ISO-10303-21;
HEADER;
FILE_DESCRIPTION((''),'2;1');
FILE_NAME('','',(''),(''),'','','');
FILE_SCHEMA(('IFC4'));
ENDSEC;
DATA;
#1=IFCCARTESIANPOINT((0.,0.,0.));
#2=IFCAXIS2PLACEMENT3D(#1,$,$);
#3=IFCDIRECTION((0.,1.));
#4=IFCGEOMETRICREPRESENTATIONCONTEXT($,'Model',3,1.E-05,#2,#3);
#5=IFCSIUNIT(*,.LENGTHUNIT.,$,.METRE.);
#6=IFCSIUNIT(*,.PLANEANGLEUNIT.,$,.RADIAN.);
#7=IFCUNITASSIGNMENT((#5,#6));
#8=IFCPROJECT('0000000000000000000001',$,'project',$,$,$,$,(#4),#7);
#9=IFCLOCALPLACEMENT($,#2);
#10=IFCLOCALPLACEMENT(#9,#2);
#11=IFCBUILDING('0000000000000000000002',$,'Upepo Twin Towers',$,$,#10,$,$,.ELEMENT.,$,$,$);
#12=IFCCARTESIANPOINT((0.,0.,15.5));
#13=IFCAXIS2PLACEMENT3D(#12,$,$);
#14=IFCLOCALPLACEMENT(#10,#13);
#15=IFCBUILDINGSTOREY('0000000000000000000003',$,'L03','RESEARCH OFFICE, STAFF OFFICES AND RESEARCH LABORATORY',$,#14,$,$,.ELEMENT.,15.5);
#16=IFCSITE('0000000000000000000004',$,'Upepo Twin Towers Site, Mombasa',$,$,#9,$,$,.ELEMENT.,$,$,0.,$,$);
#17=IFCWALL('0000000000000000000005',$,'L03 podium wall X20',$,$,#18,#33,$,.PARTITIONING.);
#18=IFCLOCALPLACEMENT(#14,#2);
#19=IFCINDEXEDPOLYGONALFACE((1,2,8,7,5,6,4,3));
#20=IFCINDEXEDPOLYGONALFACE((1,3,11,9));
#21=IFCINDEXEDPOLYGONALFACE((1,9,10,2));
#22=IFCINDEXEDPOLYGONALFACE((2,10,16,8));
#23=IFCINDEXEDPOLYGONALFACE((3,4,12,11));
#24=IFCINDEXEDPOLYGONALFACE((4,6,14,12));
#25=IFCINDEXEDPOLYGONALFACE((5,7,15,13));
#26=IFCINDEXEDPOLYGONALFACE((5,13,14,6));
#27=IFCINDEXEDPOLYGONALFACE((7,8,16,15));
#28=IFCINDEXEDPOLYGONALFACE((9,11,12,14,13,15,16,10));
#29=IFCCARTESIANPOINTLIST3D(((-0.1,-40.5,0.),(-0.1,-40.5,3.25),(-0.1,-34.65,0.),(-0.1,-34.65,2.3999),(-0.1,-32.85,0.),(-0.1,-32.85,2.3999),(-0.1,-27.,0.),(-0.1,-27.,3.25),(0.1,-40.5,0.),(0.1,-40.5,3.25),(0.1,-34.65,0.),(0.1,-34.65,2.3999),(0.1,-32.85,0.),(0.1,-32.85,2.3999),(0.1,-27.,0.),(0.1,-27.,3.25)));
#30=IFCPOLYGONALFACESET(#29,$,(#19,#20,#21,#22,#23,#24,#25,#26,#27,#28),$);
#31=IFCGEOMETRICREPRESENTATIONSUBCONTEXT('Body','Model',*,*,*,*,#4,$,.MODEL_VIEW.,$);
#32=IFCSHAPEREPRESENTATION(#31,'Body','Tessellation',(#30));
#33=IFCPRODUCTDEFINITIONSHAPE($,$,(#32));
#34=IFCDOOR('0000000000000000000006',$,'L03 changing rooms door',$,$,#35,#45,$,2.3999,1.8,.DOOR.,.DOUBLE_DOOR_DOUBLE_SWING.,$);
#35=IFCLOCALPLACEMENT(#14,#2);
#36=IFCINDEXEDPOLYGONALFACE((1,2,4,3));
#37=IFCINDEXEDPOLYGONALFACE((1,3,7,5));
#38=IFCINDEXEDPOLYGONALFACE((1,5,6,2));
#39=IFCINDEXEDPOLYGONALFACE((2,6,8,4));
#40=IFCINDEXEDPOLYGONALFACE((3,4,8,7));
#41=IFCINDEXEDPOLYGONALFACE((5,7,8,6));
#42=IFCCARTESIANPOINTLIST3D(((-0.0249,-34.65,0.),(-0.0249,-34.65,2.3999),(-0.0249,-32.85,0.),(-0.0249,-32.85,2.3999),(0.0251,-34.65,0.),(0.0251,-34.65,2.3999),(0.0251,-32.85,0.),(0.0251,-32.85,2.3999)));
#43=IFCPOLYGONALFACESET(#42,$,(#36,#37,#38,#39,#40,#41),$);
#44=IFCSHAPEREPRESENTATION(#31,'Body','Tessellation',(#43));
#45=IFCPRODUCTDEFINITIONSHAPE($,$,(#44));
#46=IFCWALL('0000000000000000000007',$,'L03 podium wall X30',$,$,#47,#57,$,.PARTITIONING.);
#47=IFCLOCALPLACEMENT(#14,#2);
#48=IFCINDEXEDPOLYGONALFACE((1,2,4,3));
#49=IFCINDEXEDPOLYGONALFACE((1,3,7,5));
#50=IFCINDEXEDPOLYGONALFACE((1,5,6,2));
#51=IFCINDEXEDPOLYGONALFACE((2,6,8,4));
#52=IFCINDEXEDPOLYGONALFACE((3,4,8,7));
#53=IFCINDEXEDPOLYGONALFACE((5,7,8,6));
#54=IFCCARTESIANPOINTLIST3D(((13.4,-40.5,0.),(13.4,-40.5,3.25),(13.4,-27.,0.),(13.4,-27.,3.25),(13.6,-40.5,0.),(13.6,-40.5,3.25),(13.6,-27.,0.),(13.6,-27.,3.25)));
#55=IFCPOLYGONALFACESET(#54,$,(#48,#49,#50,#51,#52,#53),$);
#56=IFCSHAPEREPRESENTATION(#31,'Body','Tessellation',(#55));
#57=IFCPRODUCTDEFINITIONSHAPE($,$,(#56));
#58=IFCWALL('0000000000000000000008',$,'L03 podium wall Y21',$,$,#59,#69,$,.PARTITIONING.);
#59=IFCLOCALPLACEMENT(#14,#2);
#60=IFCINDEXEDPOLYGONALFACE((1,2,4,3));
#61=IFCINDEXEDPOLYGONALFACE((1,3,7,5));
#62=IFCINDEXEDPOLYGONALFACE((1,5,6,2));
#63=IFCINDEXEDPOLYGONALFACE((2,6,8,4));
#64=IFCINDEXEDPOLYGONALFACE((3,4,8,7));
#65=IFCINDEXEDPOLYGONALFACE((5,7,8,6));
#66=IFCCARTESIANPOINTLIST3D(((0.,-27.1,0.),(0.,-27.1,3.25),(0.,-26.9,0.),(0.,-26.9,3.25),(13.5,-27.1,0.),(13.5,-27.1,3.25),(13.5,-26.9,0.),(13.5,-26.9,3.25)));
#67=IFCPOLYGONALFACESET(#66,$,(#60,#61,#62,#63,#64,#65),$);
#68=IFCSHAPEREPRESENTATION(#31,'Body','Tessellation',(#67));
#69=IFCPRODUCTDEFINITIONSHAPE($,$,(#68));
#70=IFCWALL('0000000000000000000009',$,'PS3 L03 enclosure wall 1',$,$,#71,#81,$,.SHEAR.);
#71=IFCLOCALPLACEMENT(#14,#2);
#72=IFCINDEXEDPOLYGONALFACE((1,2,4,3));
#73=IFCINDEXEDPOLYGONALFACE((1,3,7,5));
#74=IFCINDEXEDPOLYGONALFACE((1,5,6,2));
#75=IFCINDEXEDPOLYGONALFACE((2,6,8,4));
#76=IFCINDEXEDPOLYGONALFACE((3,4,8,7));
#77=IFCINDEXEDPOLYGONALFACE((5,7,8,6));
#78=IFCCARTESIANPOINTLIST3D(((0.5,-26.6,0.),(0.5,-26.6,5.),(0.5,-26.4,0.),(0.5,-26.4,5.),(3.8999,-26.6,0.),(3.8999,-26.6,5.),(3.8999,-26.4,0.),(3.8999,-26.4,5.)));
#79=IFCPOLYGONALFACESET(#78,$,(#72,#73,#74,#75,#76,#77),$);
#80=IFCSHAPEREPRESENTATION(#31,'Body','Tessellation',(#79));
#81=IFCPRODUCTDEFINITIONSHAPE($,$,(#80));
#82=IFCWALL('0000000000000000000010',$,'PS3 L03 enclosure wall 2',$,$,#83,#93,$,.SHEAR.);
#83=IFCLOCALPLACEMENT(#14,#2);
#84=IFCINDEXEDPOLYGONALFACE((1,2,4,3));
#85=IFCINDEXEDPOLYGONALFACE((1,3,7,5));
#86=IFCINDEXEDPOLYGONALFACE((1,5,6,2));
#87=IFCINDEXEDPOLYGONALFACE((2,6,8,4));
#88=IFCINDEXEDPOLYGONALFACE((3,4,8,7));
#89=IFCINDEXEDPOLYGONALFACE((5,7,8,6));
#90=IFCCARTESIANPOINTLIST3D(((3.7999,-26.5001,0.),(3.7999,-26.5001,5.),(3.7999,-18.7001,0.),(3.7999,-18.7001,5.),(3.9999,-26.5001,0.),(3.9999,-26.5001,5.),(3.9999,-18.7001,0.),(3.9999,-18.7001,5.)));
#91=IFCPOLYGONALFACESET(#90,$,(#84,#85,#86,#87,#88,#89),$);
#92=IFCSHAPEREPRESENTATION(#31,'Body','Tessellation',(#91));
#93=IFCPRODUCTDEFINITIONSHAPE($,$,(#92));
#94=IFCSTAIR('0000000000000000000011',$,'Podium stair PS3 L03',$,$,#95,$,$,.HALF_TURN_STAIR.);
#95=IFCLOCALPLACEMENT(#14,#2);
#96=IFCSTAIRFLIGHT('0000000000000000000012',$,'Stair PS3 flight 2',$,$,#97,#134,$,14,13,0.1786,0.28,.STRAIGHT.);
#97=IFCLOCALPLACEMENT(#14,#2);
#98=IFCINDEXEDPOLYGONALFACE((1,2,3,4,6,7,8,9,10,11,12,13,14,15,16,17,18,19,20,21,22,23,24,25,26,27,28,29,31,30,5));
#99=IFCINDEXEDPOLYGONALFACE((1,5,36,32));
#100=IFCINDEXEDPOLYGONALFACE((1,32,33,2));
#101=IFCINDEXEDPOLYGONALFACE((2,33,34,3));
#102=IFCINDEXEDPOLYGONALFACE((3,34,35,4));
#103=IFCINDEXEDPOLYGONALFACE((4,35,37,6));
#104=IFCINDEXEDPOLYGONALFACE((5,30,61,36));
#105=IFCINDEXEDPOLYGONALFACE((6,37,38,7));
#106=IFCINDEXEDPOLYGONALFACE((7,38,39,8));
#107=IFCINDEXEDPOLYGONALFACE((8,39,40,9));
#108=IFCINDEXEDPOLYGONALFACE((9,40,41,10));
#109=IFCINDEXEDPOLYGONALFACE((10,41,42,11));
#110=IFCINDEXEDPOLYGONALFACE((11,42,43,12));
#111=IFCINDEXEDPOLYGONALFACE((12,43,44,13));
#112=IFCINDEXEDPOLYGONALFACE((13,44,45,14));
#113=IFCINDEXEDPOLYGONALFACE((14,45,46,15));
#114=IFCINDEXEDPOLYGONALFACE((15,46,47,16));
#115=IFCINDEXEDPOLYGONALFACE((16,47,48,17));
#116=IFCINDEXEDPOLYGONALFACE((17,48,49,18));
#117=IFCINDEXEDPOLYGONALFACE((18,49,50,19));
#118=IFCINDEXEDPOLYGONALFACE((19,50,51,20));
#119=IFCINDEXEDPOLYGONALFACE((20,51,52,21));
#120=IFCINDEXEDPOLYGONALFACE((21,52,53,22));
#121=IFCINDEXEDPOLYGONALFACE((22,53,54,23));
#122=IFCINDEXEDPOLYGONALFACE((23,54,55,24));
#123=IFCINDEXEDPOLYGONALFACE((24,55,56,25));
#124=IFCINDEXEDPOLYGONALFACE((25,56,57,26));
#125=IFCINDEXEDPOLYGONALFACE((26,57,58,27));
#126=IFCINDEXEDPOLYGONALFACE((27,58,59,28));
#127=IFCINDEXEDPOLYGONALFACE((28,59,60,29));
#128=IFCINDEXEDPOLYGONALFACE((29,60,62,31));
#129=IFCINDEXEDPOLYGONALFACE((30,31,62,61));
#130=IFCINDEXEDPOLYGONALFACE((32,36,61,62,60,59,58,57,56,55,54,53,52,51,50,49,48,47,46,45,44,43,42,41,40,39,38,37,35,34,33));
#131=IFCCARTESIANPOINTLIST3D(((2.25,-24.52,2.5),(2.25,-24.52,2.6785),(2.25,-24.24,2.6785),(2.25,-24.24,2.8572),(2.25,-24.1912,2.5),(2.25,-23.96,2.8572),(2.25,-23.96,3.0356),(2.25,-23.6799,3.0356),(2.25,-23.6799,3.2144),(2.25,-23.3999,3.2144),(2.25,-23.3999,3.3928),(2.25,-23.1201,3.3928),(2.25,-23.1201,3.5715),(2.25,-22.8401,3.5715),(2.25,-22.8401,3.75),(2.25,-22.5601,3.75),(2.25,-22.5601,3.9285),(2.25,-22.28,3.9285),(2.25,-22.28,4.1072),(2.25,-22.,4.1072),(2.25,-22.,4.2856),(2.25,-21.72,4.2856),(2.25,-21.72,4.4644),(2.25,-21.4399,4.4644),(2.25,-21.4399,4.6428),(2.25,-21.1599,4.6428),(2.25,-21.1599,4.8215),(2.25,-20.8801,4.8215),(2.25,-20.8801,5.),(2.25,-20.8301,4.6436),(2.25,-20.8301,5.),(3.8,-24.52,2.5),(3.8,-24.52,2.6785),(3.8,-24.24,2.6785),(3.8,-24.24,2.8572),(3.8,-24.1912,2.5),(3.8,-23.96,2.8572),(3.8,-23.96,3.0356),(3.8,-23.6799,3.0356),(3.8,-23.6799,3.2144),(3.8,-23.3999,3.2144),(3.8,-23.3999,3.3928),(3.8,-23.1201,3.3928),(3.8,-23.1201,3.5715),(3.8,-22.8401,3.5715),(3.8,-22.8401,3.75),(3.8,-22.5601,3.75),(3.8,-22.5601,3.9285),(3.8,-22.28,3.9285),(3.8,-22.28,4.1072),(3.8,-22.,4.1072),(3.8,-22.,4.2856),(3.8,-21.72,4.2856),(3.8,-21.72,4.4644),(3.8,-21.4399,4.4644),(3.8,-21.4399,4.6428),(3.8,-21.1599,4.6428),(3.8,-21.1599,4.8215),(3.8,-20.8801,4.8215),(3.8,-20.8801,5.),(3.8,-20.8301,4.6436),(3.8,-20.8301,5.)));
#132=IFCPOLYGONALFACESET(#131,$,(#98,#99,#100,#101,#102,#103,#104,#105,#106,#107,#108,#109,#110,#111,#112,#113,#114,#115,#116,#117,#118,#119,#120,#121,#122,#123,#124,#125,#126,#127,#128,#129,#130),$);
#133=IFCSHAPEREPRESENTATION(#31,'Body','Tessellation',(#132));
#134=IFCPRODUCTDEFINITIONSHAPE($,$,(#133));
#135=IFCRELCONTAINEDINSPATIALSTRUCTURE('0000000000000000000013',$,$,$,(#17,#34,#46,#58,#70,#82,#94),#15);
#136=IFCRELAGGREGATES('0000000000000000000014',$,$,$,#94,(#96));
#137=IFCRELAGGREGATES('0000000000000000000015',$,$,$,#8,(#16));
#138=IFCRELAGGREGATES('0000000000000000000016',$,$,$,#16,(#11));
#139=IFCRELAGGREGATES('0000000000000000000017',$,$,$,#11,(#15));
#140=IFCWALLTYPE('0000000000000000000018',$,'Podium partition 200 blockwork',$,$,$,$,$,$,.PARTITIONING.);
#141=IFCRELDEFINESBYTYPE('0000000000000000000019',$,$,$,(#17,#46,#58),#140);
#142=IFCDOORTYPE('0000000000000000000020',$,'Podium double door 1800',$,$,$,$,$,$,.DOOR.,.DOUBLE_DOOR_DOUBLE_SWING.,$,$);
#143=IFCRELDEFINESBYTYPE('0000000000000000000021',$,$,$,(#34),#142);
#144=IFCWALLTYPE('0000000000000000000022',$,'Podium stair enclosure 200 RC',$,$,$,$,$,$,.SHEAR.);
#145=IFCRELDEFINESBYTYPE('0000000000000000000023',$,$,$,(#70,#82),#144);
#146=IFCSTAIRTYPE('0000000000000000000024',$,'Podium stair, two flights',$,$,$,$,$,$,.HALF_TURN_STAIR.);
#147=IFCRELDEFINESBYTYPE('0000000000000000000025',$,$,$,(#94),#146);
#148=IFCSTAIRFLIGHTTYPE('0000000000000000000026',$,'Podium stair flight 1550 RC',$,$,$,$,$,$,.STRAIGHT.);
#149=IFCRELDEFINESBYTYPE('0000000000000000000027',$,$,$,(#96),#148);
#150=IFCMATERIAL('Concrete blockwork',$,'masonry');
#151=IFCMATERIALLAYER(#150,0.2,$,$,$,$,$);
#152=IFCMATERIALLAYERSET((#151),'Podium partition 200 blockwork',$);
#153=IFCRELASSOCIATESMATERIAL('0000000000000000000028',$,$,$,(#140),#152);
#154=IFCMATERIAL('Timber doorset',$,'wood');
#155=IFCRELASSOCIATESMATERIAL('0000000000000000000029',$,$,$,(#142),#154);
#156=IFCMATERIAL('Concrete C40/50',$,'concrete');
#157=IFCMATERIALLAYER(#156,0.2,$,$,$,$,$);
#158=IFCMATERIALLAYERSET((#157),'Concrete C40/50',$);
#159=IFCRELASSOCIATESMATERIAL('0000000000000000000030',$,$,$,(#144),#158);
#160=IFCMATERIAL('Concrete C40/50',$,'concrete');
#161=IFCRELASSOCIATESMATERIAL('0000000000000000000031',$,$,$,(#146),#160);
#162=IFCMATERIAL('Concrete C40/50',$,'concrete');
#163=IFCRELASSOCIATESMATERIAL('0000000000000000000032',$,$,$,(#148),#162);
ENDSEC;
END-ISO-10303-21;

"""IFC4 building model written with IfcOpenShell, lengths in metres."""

from ifc_helpers import new_model, si_unit, direction, frame, frame_2d, origin, place, context, subcontext, project, spatial, polyline, rectangle, outline, extrude, material, layer, layer_set, type_object, element, fill, aggregate, save


model = new_model("IFC4")

# Units and contexts
model_context = context("Model", 3, precision=1e-05, world=origin(), true_north=direction((0.0, 1.0)))
body_context = subcontext(model_context, "Body", "Model", "MODEL_VIEW")
ifc_project = project(units=[si_unit("LENGTHUNIT", "METRE"), si_unit("PLANEANGLEUNIT", "RADIAN")], contexts=[model_context])

# Site, building, storey
site_placement = place(None, origin())
site = spatial("IfcSite", under=ifc_project, at=site_placement, Name="Upepo Twin Towers Site, Mombasa", CompositionType="ELEMENT", RefElevation=0.0)
building_placement = place(site_placement, origin())
building = spatial("IfcBuilding", under=site, at=building_placement, Name="Upepo Twin Towers", CompositionType="ELEMENT")
storey_placement = place(building_placement, frame((0.0, 0.0, 15.5)))
storey = spatial("IfcBuildingStorey", under=building, at=storey_placement, Name="L03", Description="RESEARCH OFFICE, STAFF OFFICES AND RESEARCH LABORATORY", CompositionType="ELEMENT", Elevation=15.5)

# Wall, opening, door
ifc_material_1 = material(Name="Concrete blockwork", Category="masonry")
ifc_layer_1 = layer(ifc_material_1, 0.2)
ifc_layer_set_1 = layer_set([ifc_layer_1], Name="Podium partition 200 blockwork")
wall_type_1 = type_object("IfcWallType", Name="Podium partition 200 blockwork", PredefinedType="PARTITIONING", material=ifc_layer_set_1)
wall_1_placement = place(storey_placement, frame((0.0, -40.5, 0.0), z_axis=(0.0, 0.0, 1.0), x_axis=(0.0, 1.0, 0.0)))
wall_1 = element("IfcWall", 1, at=wall_1_placement, inside=storey, type_object=wall_type_1, Name="L03 podium wall X20", PredefinedType="PARTITIONING", context=body_context, shape_type="SweptSolid", body=[
    extrude(rectangle(XDim=13.5, YDim=0.2, at=frame_2d((6.75, 0.0))), origin(), (0.0, 0.0, 1.0), 3.25),
])
opening_placement = place(wall_1_placement, frame((5.8501, 0.0, 0.0)))
opening = element("IfcOpeningElement", 2, at=opening_placement, cuts=wall_1, PredefinedType="OPENING", context=body_context, shape_type="SweptSolid", body=[
    extrude(rectangle(XDim=1.8, YDim=2.3999, at=frame_2d((0.8999, 1.2))), frame((0.0, 0.1099, 0.0), z_axis=(0.0, -1.0, 0.0), x_axis=(1.0, 0.0, 0.0)), (0.0, 0.0, 1.0), 0.22),
])
ifc_material_2 = material(Name="Timber doorset", Category="wood")
door_type = type_object("IfcDoorType", Name="Podium double door 1800", OperationType="DOUBLE_DOOR_DOUBLE_SWING", PredefinedType="DOOR", material=ifc_material_2)
door_placement = place(opening_placement, origin())
door = element("IfcDoor", 3, at=door_placement, inside=storey, type_object=door_type, Name="L03 changing rooms door", OperationType="DOUBLE_DOOR_DOUBLE_SWING", OverallHeight=2.3999, OverallWidth=1.8, PredefinedType="DOOR", context=body_context, shape_type="SweptSolid", body=[
    extrude(rectangle(XDim=1.8, YDim=2.3999, at=frame_2d((0.8999, 1.2))), frame((0.0, 0.0249, 0.0), z_axis=(0.0, -1.0, 0.0), x_axis=(1.0, 0.0, 0.0)), (0.0, 0.0, 1.0), 0.05),
])
fill(opening, door)

# Walls
for number, where, z_axis, x_axis, name in (
    (4, (13.5, -40.5, 0.0), (0.0, 0.0, 1.0), (0.0, 1.0, 0.0), "L03 podium wall X30"),
    (5, (0.0, -27.0, 0.0), (0.0, 0.0, 1.0), (1.0, 0.0, 0.0), "L03 podium wall Y21"),
):
    element("IfcWall", number, at=place(storey_placement, frame(where, z_axis=z_axis, x_axis=x_axis)), inside=storey, type_object=wall_type_1, Name=name, PredefinedType="PARTITIONING", context=body_context, shape_type="SweptSolid", body=[
        extrude(rectangle(XDim=13.5, YDim=0.2, at=frame_2d((6.75, 0.0))), origin(), (0.0, 0.0, 1.0), 3.25),
    ])
ifc_material_3 = material(Name="Concrete C40/50", Category="concrete")
ifc_layer_2 = layer(ifc_material_3, 0.2)
ifc_layer_set_2 = layer_set([ifc_layer_2], Name="Concrete C40/50")
wall_type_2 = type_object("IfcWallType", Name="Podium stair enclosure 200 RC", PredefinedType="SHEAR", material=ifc_layer_set_2)
wall_2_placement = place(storey_placement, frame((0.5, -26.5, 0.0), z_axis=(0.0, 0.0, 1.0), x_axis=(1.0, 0.0, 0.0)))
element("IfcWall", 6, at=wall_2_placement, inside=storey, type_object=wall_type_2, Name="PS3 L03 enclosure wall 1", PredefinedType="SHEAR", context=body_context, shape_type="SweptSolid", body=[
    extrude(rectangle(XDim=3.3999, YDim=0.2, at=frame_2d((1.7, 0.0))), origin(), (0.0, 0.0, 1.0), 5.0),
])
wall_3_placement = place(storey_placement, frame((3.8999, -26.5, 0.0), z_axis=(0.0, 0.0, 1.0), x_axis=(0.0, 1.0, 0.0)))
element("IfcWall", 7, at=wall_3_placement, inside=storey, type_object=wall_type_2, Name="PS3 L03 enclosure wall 2", PredefinedType="SHEAR", context=body_context, shape_type="SweptSolid", body=[
    extrude(rectangle(XDim=7.8, YDim=0.2, at=frame_2d((3.8999, 0.0))), origin(), (0.0, 0.0, 1.0), 5.0),
])

# Stair, stair flight
ifc_material_4 = material(Name="Concrete C40/50", Category="concrete")
stair_type = type_object("IfcStairType", Name="Podium stair, two flights", PredefinedType="HALF_TURN_STAIR", material=ifc_material_4)
stair_placement = place(storey_placement, origin())
stair = element("IfcStair", 8, at=stair_placement, inside=storey, type_object=stair_type, Name="Podium stair PS3 L03", PredefinedType="HALF_TURN_STAIR")
ifc_material_5 = material(Name="Concrete C40/50", Category="concrete")
stair_flight_type = type_object("IfcStairFlightType", Name="Podium stair flight 1550 RC", PredefinedType="STRAIGHT", material=ifc_material_5)
stair_flight_placement = place(storey_placement, frame((3.0249, -24.52, 2.5), z_axis=(0.0, 0.0, 1.0), x_axis=(0.0, 1.0, 0.0)))
stair_flight = element("IfcStairFlight", 9, at=stair_flight_placement, type_object=stair_flight_type, Name="Stair PS3 flight 2", NumberOfRisers=14, NumberOfTreads=13, PredefinedType="STRAIGHT", RiserHeight=0.1786, TreadLength=0.28, context=body_context, shape_type="SweptSolid", body=[
    extrude(outline(polyline([(0.0, 0.0), (0.0, 0.1785), (0.28, 0.1785), (0.28, 0.3572), (0.5601, 0.3572), (0.5601, 0.5356), (0.8401, 0.5356), (0.8401, 0.7144), (1.1201, 0.7144), (1.1201, 0.8928), (1.3999, 0.8928), (1.3999, 1.0715), (1.6799, 1.0715), (1.6799, 1.25), (1.96, 1.25), (1.96, 1.4285), (2.24, 1.4285), (2.24, 1.6072), (2.52, 1.6072), (2.52, 1.7856), (2.8, 1.7856), (2.8, 1.9644), (3.0801, 1.9644), (3.0801, 2.1428), (3.3601, 2.1428), (3.3601, 2.3215), (3.6399, 2.3215), (3.6399, 2.5), (3.6899, 2.5), (3.6899, 2.1436), (0.3289, 0.0), (0.0, 0.0)])), frame((0.0, 0.7749, 0.0), z_axis=(0.0, -1.0, 0.0), x_axis=(1.0, 0.0, 0.0)), (0.0, 0.0, 1.0), 1.55),
])
aggregate(stair, [stair_flight])

save(model, "model.ifc")
